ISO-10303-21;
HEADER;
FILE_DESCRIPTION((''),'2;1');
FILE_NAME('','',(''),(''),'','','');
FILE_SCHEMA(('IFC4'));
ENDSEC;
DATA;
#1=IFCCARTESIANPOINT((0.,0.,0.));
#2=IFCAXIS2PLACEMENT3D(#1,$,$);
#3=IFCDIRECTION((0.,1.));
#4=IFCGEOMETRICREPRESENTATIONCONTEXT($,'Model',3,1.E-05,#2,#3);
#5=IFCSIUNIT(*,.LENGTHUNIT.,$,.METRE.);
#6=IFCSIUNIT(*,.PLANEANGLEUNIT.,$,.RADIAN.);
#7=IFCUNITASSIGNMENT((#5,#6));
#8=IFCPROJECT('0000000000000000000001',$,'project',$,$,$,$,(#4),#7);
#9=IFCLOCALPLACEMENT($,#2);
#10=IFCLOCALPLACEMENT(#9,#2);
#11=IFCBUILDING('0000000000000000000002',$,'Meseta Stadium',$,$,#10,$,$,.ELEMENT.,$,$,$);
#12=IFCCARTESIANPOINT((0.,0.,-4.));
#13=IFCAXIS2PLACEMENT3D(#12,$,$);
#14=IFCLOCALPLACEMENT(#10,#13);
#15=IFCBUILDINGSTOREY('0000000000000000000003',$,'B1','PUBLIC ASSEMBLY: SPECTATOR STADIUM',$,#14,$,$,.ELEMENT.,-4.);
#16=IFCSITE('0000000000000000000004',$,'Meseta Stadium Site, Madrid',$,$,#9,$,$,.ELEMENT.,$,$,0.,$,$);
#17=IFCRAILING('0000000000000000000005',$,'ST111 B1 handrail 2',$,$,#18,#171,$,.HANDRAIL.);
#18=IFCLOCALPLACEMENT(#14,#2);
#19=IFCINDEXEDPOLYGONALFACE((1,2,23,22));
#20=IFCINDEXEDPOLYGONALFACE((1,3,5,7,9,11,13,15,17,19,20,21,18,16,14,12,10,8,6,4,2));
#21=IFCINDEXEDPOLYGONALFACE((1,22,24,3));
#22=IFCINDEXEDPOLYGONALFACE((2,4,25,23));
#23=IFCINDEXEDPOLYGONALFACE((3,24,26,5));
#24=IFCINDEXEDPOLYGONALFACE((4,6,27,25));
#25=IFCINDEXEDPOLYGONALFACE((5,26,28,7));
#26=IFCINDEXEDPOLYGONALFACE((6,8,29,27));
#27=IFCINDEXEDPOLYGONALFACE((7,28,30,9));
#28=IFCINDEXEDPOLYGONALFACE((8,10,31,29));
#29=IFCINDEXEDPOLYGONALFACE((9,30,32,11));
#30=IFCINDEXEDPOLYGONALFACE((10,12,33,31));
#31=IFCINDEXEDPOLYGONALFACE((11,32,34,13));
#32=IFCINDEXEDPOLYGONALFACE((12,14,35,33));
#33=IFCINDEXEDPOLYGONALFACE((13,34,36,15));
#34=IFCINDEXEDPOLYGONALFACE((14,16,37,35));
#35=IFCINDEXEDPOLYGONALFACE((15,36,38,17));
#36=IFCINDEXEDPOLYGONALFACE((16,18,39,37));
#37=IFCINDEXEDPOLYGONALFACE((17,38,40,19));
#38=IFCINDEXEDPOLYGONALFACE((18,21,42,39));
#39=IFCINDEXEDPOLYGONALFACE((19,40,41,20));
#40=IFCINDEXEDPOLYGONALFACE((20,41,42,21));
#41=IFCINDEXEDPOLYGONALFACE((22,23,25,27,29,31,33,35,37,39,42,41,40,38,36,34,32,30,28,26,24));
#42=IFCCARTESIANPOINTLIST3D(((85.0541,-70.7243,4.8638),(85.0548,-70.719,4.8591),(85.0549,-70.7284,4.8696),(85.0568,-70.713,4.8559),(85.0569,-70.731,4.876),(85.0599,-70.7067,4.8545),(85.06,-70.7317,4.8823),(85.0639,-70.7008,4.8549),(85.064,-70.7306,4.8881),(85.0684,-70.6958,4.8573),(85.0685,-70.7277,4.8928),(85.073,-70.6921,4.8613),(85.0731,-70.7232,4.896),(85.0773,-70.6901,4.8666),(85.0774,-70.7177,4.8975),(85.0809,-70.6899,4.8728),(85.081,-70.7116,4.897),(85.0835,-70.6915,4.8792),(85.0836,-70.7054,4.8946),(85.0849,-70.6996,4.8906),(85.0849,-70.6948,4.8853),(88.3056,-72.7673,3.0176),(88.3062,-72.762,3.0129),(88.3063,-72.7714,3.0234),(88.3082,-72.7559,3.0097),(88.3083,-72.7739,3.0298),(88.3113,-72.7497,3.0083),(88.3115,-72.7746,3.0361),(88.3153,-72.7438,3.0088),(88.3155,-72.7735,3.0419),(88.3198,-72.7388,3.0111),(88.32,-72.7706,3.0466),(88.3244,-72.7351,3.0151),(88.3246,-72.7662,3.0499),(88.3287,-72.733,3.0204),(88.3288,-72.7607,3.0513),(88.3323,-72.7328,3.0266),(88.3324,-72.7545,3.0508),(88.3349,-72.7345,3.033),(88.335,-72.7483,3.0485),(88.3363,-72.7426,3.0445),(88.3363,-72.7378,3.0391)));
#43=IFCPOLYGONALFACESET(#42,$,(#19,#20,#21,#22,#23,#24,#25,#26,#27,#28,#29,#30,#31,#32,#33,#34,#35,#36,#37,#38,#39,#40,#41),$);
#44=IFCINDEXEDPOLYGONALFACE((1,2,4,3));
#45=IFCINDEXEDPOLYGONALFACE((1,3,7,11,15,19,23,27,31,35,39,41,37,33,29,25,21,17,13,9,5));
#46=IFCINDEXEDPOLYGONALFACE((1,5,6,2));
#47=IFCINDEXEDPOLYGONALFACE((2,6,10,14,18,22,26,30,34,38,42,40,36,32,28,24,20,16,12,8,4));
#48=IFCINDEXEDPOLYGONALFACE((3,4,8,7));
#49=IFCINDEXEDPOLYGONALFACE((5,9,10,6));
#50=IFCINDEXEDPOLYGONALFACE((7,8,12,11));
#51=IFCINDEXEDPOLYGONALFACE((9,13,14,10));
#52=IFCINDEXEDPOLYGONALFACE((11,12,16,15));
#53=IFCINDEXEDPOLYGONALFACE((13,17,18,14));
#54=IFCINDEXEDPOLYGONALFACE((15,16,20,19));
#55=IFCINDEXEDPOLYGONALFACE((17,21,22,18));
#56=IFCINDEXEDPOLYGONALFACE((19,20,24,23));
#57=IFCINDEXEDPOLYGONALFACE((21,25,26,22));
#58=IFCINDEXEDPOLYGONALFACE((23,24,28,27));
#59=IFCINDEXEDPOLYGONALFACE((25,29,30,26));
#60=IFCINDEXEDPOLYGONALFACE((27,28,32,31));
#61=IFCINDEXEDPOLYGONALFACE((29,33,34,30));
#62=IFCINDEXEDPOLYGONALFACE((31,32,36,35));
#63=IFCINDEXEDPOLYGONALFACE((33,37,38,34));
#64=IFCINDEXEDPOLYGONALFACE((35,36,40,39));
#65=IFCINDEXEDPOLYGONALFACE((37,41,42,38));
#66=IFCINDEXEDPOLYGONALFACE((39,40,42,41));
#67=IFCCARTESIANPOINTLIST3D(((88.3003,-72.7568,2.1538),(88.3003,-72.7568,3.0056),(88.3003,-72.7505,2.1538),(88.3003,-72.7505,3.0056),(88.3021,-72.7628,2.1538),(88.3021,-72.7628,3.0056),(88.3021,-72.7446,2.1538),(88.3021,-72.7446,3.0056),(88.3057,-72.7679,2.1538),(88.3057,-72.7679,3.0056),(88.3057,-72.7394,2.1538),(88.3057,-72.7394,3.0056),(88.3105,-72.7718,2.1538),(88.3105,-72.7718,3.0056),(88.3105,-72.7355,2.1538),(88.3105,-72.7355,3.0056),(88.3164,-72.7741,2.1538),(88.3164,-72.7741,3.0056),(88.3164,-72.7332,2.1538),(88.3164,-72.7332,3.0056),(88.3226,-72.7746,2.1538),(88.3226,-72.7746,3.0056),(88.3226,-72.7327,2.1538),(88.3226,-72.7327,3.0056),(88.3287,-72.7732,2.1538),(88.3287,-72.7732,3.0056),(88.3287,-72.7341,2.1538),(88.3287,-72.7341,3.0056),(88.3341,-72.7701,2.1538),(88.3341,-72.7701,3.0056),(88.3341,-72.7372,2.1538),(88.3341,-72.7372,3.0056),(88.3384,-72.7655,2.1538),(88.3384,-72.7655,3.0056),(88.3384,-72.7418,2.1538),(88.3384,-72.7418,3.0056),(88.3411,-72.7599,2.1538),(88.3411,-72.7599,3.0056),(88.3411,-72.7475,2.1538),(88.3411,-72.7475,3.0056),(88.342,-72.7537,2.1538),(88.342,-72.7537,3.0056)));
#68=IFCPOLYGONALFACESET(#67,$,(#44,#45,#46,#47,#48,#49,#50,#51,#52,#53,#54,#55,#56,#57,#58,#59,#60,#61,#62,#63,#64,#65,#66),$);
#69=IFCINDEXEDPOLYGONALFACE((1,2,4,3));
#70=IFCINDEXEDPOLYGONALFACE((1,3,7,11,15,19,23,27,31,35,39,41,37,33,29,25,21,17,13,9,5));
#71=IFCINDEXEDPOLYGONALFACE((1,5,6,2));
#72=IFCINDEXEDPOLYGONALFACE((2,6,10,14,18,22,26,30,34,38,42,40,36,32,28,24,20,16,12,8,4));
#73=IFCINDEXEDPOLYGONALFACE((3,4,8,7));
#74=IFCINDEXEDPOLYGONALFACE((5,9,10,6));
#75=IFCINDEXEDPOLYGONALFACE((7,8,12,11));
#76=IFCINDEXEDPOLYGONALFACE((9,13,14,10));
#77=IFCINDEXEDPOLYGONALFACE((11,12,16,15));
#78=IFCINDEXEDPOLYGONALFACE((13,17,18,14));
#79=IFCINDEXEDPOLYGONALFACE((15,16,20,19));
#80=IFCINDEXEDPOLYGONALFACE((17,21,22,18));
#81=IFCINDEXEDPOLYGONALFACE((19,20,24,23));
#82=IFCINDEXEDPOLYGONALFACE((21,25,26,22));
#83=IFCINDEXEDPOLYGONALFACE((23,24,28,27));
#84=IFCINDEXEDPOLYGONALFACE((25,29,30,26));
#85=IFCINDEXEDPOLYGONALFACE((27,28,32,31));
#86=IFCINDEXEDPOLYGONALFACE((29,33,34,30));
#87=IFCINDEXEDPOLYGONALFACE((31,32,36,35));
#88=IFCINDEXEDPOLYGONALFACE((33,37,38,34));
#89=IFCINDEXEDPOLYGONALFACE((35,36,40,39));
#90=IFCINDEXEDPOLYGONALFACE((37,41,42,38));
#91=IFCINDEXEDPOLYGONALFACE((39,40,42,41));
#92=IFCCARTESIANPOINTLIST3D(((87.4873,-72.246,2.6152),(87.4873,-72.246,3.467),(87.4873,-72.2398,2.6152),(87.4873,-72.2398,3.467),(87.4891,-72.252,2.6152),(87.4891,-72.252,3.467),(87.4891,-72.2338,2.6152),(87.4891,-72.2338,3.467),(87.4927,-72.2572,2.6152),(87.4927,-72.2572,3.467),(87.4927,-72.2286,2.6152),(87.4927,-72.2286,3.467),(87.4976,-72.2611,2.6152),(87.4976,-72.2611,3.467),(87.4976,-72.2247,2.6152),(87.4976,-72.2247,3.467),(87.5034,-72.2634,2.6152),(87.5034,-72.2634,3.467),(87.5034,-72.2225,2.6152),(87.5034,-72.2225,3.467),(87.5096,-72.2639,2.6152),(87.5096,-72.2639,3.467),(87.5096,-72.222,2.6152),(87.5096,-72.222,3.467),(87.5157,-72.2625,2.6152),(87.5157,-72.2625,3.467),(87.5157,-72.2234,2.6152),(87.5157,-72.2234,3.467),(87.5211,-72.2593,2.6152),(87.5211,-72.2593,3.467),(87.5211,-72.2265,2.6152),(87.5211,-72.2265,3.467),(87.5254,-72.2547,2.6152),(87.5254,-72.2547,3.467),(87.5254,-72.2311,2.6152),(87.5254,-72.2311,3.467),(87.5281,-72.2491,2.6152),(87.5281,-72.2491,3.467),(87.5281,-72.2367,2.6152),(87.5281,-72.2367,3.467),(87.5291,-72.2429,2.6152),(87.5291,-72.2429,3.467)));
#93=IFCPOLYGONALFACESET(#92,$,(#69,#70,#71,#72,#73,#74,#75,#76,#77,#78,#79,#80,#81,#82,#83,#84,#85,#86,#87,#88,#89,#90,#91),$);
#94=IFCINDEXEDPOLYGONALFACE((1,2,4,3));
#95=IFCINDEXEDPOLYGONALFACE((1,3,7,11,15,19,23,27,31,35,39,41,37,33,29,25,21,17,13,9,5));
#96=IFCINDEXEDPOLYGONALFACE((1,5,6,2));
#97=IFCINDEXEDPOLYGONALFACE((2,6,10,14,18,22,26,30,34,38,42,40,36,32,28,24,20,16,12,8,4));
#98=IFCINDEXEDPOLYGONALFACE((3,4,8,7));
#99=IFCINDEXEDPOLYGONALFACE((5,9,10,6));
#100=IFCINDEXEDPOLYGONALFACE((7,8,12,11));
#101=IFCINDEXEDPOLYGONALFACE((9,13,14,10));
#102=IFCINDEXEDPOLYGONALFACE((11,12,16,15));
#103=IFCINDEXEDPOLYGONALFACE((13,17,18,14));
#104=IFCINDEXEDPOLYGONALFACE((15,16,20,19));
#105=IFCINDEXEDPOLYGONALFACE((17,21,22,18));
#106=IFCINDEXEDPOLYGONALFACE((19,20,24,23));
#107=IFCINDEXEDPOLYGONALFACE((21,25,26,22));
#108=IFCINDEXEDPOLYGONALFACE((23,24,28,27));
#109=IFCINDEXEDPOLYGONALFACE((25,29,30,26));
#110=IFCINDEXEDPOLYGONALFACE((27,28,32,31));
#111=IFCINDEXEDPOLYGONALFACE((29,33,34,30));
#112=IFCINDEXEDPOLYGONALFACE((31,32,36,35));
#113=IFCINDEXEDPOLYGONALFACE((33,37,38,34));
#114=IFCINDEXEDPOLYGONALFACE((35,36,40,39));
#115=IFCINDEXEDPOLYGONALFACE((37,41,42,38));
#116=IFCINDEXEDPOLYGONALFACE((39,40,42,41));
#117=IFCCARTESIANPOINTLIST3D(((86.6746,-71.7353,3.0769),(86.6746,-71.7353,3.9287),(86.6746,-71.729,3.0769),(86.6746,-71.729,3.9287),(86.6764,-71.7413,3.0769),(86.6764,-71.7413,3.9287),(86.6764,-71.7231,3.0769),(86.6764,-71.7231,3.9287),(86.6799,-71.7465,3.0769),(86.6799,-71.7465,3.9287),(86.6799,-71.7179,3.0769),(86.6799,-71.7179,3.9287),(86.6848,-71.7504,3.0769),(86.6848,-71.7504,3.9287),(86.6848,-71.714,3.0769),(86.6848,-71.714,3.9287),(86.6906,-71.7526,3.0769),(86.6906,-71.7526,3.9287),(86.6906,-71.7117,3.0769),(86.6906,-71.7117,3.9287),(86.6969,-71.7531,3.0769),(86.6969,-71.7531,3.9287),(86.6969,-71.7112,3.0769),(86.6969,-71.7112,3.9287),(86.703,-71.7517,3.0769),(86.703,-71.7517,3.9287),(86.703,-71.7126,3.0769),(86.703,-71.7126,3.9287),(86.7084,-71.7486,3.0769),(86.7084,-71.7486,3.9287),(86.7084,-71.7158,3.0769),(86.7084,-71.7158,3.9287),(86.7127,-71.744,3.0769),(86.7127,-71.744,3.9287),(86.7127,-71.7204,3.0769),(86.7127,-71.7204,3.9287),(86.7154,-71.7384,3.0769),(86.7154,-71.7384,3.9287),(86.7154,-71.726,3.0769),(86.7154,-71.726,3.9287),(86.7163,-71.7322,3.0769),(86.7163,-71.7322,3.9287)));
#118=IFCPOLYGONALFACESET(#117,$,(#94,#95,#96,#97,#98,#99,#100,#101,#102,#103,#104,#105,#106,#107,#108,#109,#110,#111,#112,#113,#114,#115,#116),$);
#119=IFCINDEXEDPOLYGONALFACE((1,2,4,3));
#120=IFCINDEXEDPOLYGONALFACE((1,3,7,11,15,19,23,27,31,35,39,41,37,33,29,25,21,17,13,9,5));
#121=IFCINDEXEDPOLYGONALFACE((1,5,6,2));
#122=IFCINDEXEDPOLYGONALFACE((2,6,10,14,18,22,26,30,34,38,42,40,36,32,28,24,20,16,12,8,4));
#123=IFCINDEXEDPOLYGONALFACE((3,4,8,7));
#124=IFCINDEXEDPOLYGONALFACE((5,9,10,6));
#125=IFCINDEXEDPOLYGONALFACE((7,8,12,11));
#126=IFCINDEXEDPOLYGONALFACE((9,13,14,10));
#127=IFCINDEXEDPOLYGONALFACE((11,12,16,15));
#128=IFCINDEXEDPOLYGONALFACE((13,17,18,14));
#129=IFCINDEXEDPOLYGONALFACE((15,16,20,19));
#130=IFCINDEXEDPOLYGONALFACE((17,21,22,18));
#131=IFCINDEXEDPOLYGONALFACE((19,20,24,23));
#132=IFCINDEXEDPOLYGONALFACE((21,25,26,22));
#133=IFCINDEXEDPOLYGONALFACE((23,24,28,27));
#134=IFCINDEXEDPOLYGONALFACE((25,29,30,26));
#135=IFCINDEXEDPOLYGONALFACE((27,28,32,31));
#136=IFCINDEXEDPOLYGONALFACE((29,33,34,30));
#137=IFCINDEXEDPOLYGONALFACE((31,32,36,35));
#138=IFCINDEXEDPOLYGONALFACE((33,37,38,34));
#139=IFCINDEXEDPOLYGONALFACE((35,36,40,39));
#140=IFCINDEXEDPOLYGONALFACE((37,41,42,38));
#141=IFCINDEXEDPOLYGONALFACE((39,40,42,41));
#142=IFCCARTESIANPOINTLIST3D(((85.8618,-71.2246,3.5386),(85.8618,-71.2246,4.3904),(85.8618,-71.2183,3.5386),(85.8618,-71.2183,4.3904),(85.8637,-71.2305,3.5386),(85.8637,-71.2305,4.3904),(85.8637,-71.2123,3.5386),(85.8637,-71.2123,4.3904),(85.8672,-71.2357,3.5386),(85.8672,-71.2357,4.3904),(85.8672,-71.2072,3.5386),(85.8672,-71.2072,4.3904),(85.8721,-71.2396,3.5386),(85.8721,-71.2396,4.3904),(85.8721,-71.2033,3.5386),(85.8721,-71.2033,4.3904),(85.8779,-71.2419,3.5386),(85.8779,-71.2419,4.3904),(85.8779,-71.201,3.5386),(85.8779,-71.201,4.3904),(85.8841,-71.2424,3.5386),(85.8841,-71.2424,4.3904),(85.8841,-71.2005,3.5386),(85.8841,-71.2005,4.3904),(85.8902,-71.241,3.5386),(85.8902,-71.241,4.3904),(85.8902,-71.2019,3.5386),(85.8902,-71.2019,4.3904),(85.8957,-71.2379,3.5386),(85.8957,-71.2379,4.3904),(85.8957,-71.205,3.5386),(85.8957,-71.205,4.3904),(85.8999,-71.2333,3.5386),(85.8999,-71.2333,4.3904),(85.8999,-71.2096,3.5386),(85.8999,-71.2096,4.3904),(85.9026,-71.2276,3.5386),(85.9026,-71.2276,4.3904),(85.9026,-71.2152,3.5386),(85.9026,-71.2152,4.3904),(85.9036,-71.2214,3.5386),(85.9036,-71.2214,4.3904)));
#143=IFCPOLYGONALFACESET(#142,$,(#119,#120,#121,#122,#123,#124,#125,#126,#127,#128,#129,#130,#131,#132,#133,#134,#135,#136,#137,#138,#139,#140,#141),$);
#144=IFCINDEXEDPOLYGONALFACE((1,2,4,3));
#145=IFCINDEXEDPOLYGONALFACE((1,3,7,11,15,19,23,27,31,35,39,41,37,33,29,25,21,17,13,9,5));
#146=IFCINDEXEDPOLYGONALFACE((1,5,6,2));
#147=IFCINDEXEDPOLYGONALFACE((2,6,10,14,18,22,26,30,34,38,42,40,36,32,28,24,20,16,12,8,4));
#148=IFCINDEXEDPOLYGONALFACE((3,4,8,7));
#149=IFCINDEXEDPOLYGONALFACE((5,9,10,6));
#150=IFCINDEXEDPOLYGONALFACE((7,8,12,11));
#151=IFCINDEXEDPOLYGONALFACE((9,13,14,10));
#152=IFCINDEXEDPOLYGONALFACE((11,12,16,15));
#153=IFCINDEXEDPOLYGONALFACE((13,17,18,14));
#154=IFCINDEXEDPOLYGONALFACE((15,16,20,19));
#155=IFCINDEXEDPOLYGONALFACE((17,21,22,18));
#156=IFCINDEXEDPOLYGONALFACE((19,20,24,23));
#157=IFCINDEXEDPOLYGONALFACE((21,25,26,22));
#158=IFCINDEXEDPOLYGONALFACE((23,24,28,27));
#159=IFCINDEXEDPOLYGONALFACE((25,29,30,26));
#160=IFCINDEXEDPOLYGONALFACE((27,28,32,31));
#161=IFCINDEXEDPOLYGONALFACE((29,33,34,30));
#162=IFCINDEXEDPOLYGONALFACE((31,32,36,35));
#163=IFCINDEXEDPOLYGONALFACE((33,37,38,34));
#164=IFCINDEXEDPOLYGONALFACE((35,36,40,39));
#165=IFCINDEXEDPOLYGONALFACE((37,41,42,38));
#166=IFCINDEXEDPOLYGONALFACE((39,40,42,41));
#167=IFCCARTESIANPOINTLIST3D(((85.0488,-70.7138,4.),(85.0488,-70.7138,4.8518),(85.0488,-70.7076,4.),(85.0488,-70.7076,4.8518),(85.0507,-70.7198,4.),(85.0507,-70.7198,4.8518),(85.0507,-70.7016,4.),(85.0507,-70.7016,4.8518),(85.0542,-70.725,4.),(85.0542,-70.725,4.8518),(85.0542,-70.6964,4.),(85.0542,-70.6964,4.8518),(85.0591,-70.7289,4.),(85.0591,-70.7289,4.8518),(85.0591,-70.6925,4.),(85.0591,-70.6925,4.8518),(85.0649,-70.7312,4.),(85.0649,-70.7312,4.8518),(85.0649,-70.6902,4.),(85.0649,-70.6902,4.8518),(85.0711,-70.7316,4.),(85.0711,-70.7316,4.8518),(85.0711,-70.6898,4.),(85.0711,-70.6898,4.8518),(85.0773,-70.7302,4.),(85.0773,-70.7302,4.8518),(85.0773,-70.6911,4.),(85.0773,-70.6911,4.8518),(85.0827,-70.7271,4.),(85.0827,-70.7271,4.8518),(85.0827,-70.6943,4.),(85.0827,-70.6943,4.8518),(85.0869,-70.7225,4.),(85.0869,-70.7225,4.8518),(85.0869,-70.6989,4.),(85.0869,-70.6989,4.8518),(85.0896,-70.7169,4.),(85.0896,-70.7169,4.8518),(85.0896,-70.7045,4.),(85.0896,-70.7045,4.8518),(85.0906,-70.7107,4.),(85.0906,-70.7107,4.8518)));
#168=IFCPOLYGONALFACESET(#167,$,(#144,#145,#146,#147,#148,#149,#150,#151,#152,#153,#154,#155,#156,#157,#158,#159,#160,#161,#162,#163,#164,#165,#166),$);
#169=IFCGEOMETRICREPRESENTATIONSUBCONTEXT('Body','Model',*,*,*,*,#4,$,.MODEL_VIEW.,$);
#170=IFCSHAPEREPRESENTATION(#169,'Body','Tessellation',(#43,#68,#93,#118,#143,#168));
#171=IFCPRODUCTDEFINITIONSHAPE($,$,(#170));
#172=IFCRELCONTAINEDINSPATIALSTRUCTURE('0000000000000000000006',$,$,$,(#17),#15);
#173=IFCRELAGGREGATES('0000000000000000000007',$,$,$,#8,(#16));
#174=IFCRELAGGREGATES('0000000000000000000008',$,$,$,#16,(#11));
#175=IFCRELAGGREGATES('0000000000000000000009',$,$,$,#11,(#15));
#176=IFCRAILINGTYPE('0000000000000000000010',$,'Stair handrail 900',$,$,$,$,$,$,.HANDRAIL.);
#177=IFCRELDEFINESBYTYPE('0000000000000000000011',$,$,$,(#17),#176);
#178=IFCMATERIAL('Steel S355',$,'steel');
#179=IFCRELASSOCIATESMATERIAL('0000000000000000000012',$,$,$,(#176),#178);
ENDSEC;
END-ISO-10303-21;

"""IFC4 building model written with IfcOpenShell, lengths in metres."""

from ifc_helpers import new_model, si_unit, direction, frame, origin, origin_2d, place, context, subcontext, project, spatial, circle, extrude, material, type_object, element, save


model = new_model("IFC4")

# Units and contexts
model_context = context("Model", 3, precision=1e-05, world=origin(), true_north=direction((0.0, 1.0)))
body_context = subcontext(model_context, "Body", "Model", "MODEL_VIEW")
ifc_project = project(units=[si_unit("LENGTHUNIT", "METRE"), si_unit("PLANEANGLEUNIT", "RADIAN")], contexts=[model_context])

# Site, building, storey
site_placement = place(None, origin())
site = spatial("IfcSite", under=ifc_project, at=site_placement, Name="Meseta Stadium Site, Madrid", CompositionType="ELEMENT", RefElevation=0.0)
building_placement = place(site_placement, origin())
building = spatial("IfcBuilding", under=site, at=building_placement, Name="Meseta Stadium", CompositionType="ELEMENT")
storey_placement = place(building_placement, frame((0.0, 0.0, -4.0)))
storey = spatial("IfcBuildingStorey", under=building, at=storey_placement, Name="B1", Description="PUBLIC ASSEMBLY: SPECTATOR STADIUM", CompositionType="ELEMENT", Elevation=-4.0)

# Railing
ifc_material_1 = material(Name="Steel S355", Category="steel")
railing_type_1 = type_object("IfcRailingType", Name="Stair handrail 900", PredefinedType="HANDRAIL", material=ifc_material_1)
railing_1_placement = place(storey_placement, frame((88.321, -72.7537, 2.1538)))
element("IfcRailing", 1, at=railing_1_placement, inside=storey, type_object=railing_type_1, Name="ST111 B1 handrail 2", PredefinedType="HANDRAIL", context=body_context, shape_type="SweptSolid", body=[
    extrude(circle(Radius=0.0239, at=origin_2d()), frame((0.0, 0.0, 0.876), z_axis=(-0.763117, 0.479483, 0.4333), x_axis=(-0.53202, -0.846731, 0.0)), (0.0, 0.0, 1.0), 4.2607),
    extrude(circle(Radius=0.021, at=origin_2d()), origin(), (0.0, 0.0, 1.0), 0.8518),
    extrude(circle(Radius=0.021, at=origin_2d()), frame((-0.813, 0.5107, 0.4614)), (0.0, 0.0, 1.0), 0.8518),
    extrude(circle(Radius=0.021, at=origin_2d()), frame((-1.6257, 1.0215, 0.9231)), (0.0, 0.0, 1.0), 0.8518),
    extrude(circle(Radius=0.021, at=origin_2d()), frame((-2.4385, 1.5322, 1.3848)), (0.0, 0.0, 1.0), 0.8518),
    extrude(circle(Radius=0.021, at=origin_2d()), frame((-3.2515, 2.043, 1.8462)), (0.0, 0.0, 1.0), 0.8518),
])

save(model, "model.ifc")
